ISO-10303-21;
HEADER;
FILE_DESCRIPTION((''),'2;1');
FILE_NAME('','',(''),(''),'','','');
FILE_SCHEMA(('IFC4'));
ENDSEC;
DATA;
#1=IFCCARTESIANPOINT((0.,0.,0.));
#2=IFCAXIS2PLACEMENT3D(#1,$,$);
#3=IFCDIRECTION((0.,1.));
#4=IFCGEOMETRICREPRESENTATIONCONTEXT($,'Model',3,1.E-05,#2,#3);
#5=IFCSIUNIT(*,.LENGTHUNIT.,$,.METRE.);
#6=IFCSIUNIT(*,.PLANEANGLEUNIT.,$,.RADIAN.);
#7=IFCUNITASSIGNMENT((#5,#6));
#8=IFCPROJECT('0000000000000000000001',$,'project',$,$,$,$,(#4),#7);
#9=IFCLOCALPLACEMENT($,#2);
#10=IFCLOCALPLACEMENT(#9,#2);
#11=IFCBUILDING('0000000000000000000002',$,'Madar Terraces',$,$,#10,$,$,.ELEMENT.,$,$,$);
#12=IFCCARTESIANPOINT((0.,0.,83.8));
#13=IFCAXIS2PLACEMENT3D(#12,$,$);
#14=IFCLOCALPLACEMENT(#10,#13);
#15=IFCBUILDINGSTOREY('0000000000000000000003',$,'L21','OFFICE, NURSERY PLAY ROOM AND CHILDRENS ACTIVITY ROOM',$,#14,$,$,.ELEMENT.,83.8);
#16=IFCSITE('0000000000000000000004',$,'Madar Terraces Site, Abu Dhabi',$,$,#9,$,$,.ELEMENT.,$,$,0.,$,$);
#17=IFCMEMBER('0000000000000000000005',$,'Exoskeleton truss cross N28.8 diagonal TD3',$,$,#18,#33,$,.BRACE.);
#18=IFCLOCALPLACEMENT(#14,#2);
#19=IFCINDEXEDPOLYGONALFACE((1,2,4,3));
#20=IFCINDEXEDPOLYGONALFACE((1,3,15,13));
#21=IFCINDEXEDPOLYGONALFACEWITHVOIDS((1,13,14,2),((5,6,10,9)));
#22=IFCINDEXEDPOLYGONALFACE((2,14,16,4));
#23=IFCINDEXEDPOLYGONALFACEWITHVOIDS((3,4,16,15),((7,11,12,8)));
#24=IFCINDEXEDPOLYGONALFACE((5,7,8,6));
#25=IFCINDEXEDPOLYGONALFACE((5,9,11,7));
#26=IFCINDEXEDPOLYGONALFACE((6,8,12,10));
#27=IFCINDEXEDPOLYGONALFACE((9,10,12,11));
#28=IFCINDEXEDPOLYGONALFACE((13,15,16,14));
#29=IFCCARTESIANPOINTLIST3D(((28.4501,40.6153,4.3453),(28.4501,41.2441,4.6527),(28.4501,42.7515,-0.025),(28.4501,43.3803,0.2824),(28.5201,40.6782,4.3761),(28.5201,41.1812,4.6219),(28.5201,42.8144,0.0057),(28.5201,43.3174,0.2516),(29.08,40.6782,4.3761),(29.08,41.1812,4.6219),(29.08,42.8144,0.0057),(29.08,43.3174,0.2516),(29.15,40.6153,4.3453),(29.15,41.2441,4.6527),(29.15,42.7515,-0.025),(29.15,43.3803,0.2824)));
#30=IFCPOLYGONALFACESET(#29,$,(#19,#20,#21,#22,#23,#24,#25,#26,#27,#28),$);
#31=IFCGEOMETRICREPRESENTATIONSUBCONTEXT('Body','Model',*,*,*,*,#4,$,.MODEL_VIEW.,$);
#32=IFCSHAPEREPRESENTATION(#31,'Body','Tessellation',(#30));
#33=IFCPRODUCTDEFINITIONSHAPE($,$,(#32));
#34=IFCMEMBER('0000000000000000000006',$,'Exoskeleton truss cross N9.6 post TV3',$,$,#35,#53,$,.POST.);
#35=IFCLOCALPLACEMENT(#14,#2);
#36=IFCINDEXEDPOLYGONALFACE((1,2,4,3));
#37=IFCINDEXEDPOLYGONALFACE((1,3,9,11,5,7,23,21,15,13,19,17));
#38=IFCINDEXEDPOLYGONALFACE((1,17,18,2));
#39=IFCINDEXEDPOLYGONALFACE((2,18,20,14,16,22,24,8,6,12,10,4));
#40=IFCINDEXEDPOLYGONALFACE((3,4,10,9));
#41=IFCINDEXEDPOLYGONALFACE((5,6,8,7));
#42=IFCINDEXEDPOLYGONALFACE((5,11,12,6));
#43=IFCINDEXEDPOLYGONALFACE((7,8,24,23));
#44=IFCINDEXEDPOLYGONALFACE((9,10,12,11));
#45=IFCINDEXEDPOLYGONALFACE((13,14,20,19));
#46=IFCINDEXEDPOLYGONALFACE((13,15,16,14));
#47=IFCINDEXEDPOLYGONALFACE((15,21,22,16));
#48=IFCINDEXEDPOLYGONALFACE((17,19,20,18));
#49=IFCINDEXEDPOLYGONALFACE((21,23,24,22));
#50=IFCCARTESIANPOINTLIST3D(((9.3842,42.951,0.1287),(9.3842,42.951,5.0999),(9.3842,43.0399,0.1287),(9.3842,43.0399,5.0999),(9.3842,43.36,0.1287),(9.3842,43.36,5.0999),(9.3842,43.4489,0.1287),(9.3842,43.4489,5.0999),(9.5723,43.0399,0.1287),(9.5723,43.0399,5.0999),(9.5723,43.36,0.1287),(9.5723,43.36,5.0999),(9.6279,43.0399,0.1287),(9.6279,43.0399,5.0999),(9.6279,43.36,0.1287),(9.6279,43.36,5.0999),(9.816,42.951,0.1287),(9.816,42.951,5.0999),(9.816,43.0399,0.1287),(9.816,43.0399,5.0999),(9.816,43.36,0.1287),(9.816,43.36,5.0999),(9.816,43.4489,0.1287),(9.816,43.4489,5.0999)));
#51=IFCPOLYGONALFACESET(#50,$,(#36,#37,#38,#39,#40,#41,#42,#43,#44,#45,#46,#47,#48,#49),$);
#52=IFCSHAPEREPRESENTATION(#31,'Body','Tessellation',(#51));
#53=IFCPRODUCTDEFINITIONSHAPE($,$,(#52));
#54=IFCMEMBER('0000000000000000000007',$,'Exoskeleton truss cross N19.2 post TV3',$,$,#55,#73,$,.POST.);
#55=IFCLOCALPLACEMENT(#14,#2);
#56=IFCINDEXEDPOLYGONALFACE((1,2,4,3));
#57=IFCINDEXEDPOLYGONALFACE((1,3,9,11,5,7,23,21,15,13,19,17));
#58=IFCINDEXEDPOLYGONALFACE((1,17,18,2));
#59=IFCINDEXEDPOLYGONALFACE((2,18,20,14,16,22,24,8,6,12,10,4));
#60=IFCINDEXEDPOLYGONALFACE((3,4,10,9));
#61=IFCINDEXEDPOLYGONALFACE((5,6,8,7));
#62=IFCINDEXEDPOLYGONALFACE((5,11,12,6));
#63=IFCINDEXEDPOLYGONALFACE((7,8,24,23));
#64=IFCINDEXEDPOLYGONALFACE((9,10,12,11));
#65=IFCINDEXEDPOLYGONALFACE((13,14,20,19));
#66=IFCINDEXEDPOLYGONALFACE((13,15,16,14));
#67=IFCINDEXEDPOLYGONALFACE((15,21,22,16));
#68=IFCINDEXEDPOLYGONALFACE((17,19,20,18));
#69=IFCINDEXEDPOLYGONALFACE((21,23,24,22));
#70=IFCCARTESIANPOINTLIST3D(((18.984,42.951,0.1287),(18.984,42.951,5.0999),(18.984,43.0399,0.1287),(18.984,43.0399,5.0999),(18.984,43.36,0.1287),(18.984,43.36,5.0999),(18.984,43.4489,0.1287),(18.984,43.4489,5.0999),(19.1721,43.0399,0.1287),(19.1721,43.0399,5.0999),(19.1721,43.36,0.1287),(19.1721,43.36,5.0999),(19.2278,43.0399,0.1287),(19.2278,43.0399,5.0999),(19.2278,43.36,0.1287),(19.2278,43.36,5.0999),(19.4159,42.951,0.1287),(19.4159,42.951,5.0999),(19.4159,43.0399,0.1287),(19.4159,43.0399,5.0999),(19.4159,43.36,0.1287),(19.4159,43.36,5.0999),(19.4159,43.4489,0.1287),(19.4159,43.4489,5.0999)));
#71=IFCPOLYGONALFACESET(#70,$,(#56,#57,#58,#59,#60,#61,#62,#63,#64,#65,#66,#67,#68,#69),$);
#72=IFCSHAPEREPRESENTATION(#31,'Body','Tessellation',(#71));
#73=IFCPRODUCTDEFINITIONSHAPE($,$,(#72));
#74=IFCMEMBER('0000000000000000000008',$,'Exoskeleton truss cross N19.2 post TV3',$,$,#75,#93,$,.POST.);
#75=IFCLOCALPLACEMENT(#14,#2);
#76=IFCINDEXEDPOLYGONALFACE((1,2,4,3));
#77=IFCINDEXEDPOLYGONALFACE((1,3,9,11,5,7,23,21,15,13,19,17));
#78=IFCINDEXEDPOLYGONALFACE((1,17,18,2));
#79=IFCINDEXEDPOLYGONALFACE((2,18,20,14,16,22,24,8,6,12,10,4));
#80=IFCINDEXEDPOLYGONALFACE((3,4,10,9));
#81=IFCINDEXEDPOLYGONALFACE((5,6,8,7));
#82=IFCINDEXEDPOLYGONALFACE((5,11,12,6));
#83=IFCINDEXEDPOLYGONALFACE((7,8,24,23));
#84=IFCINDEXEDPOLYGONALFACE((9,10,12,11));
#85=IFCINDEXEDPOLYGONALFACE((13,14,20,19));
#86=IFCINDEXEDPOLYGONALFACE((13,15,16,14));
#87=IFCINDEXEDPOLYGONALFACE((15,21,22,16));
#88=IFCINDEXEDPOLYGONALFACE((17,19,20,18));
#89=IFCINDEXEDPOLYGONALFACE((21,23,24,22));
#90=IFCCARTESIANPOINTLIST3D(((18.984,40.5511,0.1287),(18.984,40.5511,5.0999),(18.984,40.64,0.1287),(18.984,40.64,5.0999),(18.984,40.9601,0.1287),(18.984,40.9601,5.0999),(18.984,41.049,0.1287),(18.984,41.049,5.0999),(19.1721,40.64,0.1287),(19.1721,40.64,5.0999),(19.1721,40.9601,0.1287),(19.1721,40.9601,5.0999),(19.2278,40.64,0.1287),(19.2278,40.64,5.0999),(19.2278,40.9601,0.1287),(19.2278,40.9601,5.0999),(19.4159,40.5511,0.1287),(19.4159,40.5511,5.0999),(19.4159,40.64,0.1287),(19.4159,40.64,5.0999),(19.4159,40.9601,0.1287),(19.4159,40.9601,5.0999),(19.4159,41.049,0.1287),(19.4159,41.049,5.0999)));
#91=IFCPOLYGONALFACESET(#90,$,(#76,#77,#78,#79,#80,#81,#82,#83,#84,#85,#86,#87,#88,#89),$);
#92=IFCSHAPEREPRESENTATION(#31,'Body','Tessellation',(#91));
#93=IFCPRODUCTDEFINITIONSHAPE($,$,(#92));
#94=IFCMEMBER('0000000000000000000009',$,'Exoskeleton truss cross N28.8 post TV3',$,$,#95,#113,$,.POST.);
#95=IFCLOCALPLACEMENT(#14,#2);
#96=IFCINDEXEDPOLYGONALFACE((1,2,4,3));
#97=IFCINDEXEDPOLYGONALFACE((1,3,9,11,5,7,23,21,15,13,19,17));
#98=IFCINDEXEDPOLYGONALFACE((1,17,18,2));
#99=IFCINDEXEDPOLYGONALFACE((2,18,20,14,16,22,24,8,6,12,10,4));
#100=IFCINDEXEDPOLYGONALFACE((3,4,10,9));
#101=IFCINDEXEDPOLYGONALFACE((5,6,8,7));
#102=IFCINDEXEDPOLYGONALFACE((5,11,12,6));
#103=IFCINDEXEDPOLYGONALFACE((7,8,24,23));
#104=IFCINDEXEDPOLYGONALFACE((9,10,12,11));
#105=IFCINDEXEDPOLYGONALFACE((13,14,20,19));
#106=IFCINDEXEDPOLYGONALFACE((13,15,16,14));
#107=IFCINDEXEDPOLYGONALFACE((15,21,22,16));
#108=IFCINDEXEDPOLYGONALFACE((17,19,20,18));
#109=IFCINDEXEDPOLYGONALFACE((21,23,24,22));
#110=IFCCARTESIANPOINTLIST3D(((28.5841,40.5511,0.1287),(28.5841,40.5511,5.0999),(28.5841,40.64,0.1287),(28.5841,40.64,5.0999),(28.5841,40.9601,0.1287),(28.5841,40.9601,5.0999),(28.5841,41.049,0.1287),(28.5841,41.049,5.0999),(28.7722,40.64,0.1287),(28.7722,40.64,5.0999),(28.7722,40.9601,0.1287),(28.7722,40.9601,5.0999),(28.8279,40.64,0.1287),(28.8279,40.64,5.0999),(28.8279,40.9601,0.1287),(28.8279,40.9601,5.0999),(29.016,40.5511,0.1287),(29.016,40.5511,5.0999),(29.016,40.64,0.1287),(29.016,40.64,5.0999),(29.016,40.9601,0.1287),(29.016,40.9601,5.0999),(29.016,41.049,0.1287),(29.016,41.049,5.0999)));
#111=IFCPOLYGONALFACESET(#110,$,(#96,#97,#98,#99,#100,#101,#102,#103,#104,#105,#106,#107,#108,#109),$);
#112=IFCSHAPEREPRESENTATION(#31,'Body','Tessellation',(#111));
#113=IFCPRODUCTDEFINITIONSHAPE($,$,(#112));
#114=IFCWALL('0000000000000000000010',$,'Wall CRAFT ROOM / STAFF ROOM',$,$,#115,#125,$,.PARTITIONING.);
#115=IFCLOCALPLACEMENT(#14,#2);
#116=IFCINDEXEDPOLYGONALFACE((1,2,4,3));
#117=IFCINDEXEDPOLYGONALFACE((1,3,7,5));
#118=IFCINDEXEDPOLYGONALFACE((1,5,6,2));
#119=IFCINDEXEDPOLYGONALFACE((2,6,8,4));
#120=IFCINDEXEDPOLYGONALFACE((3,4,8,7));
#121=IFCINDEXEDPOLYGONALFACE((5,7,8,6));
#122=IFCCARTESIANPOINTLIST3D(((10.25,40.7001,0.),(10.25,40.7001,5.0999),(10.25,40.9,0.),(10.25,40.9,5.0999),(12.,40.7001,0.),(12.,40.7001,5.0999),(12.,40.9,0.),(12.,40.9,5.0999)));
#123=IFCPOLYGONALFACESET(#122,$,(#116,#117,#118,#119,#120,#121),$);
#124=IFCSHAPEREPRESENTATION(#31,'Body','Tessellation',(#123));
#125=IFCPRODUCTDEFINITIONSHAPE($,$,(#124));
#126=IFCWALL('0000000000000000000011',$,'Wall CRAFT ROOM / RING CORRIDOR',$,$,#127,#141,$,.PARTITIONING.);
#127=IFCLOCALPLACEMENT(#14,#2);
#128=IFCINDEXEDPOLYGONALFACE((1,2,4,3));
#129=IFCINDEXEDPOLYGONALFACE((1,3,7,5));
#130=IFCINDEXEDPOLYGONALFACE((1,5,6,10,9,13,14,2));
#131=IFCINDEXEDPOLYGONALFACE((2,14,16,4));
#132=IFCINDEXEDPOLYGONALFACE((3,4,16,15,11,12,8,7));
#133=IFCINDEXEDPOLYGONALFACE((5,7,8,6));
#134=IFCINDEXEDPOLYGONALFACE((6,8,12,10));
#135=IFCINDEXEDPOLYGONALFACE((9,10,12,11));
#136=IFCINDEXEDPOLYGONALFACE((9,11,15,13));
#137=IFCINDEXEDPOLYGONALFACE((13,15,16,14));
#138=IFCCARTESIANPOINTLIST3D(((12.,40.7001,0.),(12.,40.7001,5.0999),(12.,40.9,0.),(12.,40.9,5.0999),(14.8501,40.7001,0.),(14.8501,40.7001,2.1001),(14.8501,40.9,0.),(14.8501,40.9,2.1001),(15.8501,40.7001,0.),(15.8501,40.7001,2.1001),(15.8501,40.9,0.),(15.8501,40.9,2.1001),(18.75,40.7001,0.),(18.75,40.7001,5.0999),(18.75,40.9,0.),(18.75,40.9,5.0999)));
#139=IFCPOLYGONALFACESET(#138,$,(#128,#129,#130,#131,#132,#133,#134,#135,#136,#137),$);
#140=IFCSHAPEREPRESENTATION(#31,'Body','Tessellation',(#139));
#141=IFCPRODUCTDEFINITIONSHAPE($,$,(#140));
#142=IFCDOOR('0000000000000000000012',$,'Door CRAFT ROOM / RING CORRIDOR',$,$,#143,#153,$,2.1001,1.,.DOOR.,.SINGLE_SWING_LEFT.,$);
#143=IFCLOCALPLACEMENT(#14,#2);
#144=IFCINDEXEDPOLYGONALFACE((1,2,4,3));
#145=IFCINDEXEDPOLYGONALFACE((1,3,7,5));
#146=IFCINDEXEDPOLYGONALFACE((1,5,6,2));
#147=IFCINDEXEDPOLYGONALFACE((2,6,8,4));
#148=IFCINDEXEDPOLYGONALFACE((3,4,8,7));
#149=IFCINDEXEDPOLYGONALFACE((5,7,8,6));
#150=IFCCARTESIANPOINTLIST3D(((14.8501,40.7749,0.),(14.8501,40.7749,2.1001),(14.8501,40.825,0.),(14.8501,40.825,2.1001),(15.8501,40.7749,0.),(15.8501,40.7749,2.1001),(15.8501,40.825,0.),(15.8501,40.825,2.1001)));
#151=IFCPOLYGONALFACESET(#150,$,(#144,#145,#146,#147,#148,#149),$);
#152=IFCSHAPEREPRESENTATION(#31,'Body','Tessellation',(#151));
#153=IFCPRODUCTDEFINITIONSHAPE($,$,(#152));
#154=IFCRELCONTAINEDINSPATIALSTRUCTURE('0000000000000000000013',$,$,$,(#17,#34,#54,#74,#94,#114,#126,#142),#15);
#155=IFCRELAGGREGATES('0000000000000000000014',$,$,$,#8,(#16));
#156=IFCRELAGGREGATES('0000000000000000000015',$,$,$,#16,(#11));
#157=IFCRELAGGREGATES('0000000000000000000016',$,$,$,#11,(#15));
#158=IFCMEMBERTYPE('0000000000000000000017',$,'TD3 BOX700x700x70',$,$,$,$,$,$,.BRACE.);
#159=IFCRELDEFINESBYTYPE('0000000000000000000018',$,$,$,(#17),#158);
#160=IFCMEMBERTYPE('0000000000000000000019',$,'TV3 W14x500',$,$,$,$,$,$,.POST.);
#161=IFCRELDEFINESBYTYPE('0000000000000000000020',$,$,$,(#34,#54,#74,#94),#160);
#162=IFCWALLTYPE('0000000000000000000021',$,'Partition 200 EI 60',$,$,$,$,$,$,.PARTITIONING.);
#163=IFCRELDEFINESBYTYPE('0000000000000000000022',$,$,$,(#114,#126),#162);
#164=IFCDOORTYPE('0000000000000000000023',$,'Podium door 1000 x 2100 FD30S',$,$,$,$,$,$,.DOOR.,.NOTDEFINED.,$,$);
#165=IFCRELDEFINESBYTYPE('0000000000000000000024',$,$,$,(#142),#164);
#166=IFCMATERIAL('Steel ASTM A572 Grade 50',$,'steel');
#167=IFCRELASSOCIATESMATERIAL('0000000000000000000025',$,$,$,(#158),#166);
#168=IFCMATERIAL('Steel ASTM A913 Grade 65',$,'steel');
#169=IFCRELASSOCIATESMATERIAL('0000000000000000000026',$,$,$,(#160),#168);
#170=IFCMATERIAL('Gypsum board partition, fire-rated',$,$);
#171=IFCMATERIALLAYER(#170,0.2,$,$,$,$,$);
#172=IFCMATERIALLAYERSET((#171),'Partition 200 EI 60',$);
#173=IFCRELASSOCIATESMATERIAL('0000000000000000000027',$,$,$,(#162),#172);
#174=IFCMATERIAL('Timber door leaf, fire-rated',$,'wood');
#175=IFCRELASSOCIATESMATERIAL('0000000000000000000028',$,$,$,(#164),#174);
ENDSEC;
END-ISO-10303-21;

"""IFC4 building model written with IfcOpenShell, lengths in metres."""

from ifc_helpers import new_model, si_unit, direction, frame, frame_2d, origin, origin_2d, place, context, subcontext, project, spatial, rectangle, hollow_rectangle, i_section, extrude, material, layer, layer_set, material_profile, profile_set, type_object, element, fill, save


model = new_model("IFC4")

# Units and contexts
model_context = context("Model", 3, precision=1e-05, world=origin(), true_north=direction((0.0, 1.0)))
body_context = subcontext(model_context, "Body", "Model", "MODEL_VIEW")
ifc_project = project(units=[si_unit("LENGTHUNIT", "METRE"), si_unit("PLANEANGLEUNIT", "RADIAN")], contexts=[model_context])

# Site, building, storey
site_placement = place(None, origin())
site = spatial("IfcSite", under=ifc_project, at=site_placement, Name="Madar Terraces Site, Abu Dhabi", CompositionType="ELEMENT", RefElevation=0.0)
building_placement = place(site_placement, origin())
building = spatial("IfcBuilding", under=site, at=building_placement, Name="Madar Terraces", CompositionType="ELEMENT")
storey_placement = place(building_placement, frame((0.0, 0.0, 83.8)))
storey = spatial("IfcBuildingStorey", under=building, at=storey_placement, Name="L21", Description="OFFICE, NURSERY PLAY ROOM AND CHILDRENS ACTIVITY ROOM", CompositionType="ELEMENT", Elevation=83.8)

# Members
ifc_material_1 = material(Name="Steel ASTM A572 Grade 50", Category="steel")
ifc_material_profile_1 = material_profile(ifc_material_1, hollow_rectangle(XDim=0.7, YDim=0.7, WallThickness=0.0701, at=origin_2d()), Name="BOX700x700x70")
ifc_profile_set_1 = profile_set([ifc_material_profile_1], Name="Steel ASTM A572 Grade 50")
member_type_1 = type_object("IfcMemberType", Name="TD3 BOX700x700x70", PredefinedType="BRACE", material=ifc_profile_set_1)
for number, where, z_axis, x_axis, name in (
    (1, (28.8, 43.0659, 0.1287), (0.0, -0.439145, 0.898416), (1.0, 0.0, 0.0), "Exoskeleton truss cross N28.8 diagonal TD3"),
):
    element("IfcMember", number, at=place(storey_placement, frame(where, z_axis=z_axis, x_axis=x_axis)), inside=storey, type_object=member_type_1, Name=name, PredefinedType="BRACE", context=body_context, shape_type="SweptSolid", body=[
        extrude(hollow_rectangle(XDim=0.7, YDim=0.7, WallThickness=0.0701, at=origin_2d()), origin(), (0.0, 0.0, 1.0), 4.8645),
    ])
ifc_material_2 = material(Name="Steel ASTM A913 Grade 65", Category="steel")
ifc_material_profile_2 = material_profile(ifc_material_2, i_section(OverallWidth=0.4319, OverallDepth=0.4978, WebThickness=0.0557, FlangeThickness=0.0889, at=origin_2d()), Name="W14x500")
ifc_profile_set_2 = profile_set([ifc_material_profile_2], Name="Steel ASTM A913 Grade 65")
member_type_2 = type_object("IfcMemberType", Name="TV3 W14x500", PredefinedType="POST", material=ifc_profile_set_2)
for number, where, z_axis, x_axis, name in (
    (2, (9.6001, 43.2, 0.1287), (0.0, 0.0, 1.0), (-1.0, 0.0, 0.0), "Exoskeleton truss cross N9.6 post TV3"),
    (3, (19.2, 43.2, 0.1287), (0.0, 0.0, 1.0), (-1.0, 0.0, 0.0), "Exoskeleton truss cross N19.2 post TV3"),
    (4, (19.2, 40.8, 0.1287), (0.0, 0.0, 1.0), (-1.0, 0.0, 0.0), "Exoskeleton truss cross N19.2 post TV3"),
    (5, (28.8, 40.8, 0.1287), (0.0, 0.0, 1.0), (-1.0, 0.0, 0.0), "Exoskeleton truss cross N28.8 post TV3"),
):
    element("IfcMember", number, at=place(storey_placement, frame(where, z_axis=z_axis, x_axis=x_axis)), inside=storey, type_object=member_type_2, Name=name, PredefinedType="POST", context=body_context, shape_type="SweptSolid", body=[
        extrude(i_section(OverallWidth=0.4319, OverallDepth=0.4978, WebThickness=0.0557, FlangeThickness=0.0889, at=origin_2d()), origin(), (0.0, 0.0, 1.0), 4.9712),
    ])

# Wall
ifc_material_3 = material(Name="Gypsum board partition, fire-rated")
ifc_layer_1 = layer(ifc_material_3, 0.2)
ifc_layer_set_1 = layer_set([ifc_layer_1], Name="Partition 200 EI 60")
wall_type_1 = type_object("IfcWallType", Name="Partition 200 EI 60", PredefinedType="PARTITIONING", material=ifc_layer_set_1)
wall_1_placement = place(storey_placement, frame((10.25, 40.8, 0.0), z_axis=(0.0, 0.0, 1.0), x_axis=(1.0, 0.0, 0.0)))
element("IfcWall", 6, at=wall_1_placement, inside=storey, type_object=wall_type_1, Name="Wall CRAFT ROOM / STAFF ROOM", PredefinedType="PARTITIONING", context=body_context, shape_type="SweptSolid", body=[
    extrude(rectangle(XDim=1.75, YDim=0.2, at=frame_2d((0.875, 0.0))), origin(), (0.0, 0.0, 1.0), 5.0999),
])

# Wall, opening, door
wall_2_placement = place(storey_placement, frame((12.0, 40.8, 0.0), z_axis=(0.0, 0.0, 1.0), x_axis=(1.0, 0.0, 0.0)))
wall_2 = element("IfcWall", 7, at=wall_2_placement, inside=storey, type_object=wall_type_1, Name="Wall CRAFT ROOM / RING CORRIDOR", PredefinedType="PARTITIONING", context=body_context, shape_type="SweptSolid", body=[
    extrude(rectangle(XDim=6.75, YDim=0.2, at=frame_2d((3.375, 0.0))), origin(), (0.0, 0.0, 1.0), 5.0999),
])
opening_1_placement = place(wall_2_placement, frame((2.8501, 0.0, 0.0)))
opening_1 = element("IfcOpeningElement", 8, at=opening_1_placement, cuts=wall_2, PredefinedType="OPENING", context=body_context, shape_type="SweptSolid", body=[
    extrude(rectangle(XDim=1.0, YDim=2.1001, at=frame_2d((0.5, 1.05))), frame((0.0, 0.1099, 0.0), z_axis=(0.0, -1.0, 0.0), x_axis=(1.0, 0.0, 0.0)), (0.0, 0.0, 1.0), 0.22),
])
ifc_material_4 = material(Name="Timber door leaf, fire-rated", Category="wood")
door_type = type_object("IfcDoorType", Name="Podium door 1000 x 2100 FD30S", OperationType="NOTDEFINED", PredefinedType="DOOR", material=ifc_material_4)
door_1_placement = place(opening_1_placement, origin())
door_1 = element("IfcDoor", 9, at=door_1_placement, inside=storey, type_object=door_type, Name="Door CRAFT ROOM / RING CORRIDOR", OperationType="SINGLE_SWING_LEFT", OverallHeight=2.1001, OverallWidth=1.0, PredefinedType="DOOR", context=body_context, shape_type="SweptSolid", body=[
    extrude(rectangle(XDim=1.0, YDim=2.1001, at=frame_2d((0.5, 1.05))), frame((0.0, 0.0249, 0.0), z_axis=(0.0, -1.0, 0.0), x_axis=(1.0, 0.0, 0.0)), (0.0, 0.0, 1.0), 0.05),
])
fill(opening_1, door_1)

save(model, "model.ifc")
